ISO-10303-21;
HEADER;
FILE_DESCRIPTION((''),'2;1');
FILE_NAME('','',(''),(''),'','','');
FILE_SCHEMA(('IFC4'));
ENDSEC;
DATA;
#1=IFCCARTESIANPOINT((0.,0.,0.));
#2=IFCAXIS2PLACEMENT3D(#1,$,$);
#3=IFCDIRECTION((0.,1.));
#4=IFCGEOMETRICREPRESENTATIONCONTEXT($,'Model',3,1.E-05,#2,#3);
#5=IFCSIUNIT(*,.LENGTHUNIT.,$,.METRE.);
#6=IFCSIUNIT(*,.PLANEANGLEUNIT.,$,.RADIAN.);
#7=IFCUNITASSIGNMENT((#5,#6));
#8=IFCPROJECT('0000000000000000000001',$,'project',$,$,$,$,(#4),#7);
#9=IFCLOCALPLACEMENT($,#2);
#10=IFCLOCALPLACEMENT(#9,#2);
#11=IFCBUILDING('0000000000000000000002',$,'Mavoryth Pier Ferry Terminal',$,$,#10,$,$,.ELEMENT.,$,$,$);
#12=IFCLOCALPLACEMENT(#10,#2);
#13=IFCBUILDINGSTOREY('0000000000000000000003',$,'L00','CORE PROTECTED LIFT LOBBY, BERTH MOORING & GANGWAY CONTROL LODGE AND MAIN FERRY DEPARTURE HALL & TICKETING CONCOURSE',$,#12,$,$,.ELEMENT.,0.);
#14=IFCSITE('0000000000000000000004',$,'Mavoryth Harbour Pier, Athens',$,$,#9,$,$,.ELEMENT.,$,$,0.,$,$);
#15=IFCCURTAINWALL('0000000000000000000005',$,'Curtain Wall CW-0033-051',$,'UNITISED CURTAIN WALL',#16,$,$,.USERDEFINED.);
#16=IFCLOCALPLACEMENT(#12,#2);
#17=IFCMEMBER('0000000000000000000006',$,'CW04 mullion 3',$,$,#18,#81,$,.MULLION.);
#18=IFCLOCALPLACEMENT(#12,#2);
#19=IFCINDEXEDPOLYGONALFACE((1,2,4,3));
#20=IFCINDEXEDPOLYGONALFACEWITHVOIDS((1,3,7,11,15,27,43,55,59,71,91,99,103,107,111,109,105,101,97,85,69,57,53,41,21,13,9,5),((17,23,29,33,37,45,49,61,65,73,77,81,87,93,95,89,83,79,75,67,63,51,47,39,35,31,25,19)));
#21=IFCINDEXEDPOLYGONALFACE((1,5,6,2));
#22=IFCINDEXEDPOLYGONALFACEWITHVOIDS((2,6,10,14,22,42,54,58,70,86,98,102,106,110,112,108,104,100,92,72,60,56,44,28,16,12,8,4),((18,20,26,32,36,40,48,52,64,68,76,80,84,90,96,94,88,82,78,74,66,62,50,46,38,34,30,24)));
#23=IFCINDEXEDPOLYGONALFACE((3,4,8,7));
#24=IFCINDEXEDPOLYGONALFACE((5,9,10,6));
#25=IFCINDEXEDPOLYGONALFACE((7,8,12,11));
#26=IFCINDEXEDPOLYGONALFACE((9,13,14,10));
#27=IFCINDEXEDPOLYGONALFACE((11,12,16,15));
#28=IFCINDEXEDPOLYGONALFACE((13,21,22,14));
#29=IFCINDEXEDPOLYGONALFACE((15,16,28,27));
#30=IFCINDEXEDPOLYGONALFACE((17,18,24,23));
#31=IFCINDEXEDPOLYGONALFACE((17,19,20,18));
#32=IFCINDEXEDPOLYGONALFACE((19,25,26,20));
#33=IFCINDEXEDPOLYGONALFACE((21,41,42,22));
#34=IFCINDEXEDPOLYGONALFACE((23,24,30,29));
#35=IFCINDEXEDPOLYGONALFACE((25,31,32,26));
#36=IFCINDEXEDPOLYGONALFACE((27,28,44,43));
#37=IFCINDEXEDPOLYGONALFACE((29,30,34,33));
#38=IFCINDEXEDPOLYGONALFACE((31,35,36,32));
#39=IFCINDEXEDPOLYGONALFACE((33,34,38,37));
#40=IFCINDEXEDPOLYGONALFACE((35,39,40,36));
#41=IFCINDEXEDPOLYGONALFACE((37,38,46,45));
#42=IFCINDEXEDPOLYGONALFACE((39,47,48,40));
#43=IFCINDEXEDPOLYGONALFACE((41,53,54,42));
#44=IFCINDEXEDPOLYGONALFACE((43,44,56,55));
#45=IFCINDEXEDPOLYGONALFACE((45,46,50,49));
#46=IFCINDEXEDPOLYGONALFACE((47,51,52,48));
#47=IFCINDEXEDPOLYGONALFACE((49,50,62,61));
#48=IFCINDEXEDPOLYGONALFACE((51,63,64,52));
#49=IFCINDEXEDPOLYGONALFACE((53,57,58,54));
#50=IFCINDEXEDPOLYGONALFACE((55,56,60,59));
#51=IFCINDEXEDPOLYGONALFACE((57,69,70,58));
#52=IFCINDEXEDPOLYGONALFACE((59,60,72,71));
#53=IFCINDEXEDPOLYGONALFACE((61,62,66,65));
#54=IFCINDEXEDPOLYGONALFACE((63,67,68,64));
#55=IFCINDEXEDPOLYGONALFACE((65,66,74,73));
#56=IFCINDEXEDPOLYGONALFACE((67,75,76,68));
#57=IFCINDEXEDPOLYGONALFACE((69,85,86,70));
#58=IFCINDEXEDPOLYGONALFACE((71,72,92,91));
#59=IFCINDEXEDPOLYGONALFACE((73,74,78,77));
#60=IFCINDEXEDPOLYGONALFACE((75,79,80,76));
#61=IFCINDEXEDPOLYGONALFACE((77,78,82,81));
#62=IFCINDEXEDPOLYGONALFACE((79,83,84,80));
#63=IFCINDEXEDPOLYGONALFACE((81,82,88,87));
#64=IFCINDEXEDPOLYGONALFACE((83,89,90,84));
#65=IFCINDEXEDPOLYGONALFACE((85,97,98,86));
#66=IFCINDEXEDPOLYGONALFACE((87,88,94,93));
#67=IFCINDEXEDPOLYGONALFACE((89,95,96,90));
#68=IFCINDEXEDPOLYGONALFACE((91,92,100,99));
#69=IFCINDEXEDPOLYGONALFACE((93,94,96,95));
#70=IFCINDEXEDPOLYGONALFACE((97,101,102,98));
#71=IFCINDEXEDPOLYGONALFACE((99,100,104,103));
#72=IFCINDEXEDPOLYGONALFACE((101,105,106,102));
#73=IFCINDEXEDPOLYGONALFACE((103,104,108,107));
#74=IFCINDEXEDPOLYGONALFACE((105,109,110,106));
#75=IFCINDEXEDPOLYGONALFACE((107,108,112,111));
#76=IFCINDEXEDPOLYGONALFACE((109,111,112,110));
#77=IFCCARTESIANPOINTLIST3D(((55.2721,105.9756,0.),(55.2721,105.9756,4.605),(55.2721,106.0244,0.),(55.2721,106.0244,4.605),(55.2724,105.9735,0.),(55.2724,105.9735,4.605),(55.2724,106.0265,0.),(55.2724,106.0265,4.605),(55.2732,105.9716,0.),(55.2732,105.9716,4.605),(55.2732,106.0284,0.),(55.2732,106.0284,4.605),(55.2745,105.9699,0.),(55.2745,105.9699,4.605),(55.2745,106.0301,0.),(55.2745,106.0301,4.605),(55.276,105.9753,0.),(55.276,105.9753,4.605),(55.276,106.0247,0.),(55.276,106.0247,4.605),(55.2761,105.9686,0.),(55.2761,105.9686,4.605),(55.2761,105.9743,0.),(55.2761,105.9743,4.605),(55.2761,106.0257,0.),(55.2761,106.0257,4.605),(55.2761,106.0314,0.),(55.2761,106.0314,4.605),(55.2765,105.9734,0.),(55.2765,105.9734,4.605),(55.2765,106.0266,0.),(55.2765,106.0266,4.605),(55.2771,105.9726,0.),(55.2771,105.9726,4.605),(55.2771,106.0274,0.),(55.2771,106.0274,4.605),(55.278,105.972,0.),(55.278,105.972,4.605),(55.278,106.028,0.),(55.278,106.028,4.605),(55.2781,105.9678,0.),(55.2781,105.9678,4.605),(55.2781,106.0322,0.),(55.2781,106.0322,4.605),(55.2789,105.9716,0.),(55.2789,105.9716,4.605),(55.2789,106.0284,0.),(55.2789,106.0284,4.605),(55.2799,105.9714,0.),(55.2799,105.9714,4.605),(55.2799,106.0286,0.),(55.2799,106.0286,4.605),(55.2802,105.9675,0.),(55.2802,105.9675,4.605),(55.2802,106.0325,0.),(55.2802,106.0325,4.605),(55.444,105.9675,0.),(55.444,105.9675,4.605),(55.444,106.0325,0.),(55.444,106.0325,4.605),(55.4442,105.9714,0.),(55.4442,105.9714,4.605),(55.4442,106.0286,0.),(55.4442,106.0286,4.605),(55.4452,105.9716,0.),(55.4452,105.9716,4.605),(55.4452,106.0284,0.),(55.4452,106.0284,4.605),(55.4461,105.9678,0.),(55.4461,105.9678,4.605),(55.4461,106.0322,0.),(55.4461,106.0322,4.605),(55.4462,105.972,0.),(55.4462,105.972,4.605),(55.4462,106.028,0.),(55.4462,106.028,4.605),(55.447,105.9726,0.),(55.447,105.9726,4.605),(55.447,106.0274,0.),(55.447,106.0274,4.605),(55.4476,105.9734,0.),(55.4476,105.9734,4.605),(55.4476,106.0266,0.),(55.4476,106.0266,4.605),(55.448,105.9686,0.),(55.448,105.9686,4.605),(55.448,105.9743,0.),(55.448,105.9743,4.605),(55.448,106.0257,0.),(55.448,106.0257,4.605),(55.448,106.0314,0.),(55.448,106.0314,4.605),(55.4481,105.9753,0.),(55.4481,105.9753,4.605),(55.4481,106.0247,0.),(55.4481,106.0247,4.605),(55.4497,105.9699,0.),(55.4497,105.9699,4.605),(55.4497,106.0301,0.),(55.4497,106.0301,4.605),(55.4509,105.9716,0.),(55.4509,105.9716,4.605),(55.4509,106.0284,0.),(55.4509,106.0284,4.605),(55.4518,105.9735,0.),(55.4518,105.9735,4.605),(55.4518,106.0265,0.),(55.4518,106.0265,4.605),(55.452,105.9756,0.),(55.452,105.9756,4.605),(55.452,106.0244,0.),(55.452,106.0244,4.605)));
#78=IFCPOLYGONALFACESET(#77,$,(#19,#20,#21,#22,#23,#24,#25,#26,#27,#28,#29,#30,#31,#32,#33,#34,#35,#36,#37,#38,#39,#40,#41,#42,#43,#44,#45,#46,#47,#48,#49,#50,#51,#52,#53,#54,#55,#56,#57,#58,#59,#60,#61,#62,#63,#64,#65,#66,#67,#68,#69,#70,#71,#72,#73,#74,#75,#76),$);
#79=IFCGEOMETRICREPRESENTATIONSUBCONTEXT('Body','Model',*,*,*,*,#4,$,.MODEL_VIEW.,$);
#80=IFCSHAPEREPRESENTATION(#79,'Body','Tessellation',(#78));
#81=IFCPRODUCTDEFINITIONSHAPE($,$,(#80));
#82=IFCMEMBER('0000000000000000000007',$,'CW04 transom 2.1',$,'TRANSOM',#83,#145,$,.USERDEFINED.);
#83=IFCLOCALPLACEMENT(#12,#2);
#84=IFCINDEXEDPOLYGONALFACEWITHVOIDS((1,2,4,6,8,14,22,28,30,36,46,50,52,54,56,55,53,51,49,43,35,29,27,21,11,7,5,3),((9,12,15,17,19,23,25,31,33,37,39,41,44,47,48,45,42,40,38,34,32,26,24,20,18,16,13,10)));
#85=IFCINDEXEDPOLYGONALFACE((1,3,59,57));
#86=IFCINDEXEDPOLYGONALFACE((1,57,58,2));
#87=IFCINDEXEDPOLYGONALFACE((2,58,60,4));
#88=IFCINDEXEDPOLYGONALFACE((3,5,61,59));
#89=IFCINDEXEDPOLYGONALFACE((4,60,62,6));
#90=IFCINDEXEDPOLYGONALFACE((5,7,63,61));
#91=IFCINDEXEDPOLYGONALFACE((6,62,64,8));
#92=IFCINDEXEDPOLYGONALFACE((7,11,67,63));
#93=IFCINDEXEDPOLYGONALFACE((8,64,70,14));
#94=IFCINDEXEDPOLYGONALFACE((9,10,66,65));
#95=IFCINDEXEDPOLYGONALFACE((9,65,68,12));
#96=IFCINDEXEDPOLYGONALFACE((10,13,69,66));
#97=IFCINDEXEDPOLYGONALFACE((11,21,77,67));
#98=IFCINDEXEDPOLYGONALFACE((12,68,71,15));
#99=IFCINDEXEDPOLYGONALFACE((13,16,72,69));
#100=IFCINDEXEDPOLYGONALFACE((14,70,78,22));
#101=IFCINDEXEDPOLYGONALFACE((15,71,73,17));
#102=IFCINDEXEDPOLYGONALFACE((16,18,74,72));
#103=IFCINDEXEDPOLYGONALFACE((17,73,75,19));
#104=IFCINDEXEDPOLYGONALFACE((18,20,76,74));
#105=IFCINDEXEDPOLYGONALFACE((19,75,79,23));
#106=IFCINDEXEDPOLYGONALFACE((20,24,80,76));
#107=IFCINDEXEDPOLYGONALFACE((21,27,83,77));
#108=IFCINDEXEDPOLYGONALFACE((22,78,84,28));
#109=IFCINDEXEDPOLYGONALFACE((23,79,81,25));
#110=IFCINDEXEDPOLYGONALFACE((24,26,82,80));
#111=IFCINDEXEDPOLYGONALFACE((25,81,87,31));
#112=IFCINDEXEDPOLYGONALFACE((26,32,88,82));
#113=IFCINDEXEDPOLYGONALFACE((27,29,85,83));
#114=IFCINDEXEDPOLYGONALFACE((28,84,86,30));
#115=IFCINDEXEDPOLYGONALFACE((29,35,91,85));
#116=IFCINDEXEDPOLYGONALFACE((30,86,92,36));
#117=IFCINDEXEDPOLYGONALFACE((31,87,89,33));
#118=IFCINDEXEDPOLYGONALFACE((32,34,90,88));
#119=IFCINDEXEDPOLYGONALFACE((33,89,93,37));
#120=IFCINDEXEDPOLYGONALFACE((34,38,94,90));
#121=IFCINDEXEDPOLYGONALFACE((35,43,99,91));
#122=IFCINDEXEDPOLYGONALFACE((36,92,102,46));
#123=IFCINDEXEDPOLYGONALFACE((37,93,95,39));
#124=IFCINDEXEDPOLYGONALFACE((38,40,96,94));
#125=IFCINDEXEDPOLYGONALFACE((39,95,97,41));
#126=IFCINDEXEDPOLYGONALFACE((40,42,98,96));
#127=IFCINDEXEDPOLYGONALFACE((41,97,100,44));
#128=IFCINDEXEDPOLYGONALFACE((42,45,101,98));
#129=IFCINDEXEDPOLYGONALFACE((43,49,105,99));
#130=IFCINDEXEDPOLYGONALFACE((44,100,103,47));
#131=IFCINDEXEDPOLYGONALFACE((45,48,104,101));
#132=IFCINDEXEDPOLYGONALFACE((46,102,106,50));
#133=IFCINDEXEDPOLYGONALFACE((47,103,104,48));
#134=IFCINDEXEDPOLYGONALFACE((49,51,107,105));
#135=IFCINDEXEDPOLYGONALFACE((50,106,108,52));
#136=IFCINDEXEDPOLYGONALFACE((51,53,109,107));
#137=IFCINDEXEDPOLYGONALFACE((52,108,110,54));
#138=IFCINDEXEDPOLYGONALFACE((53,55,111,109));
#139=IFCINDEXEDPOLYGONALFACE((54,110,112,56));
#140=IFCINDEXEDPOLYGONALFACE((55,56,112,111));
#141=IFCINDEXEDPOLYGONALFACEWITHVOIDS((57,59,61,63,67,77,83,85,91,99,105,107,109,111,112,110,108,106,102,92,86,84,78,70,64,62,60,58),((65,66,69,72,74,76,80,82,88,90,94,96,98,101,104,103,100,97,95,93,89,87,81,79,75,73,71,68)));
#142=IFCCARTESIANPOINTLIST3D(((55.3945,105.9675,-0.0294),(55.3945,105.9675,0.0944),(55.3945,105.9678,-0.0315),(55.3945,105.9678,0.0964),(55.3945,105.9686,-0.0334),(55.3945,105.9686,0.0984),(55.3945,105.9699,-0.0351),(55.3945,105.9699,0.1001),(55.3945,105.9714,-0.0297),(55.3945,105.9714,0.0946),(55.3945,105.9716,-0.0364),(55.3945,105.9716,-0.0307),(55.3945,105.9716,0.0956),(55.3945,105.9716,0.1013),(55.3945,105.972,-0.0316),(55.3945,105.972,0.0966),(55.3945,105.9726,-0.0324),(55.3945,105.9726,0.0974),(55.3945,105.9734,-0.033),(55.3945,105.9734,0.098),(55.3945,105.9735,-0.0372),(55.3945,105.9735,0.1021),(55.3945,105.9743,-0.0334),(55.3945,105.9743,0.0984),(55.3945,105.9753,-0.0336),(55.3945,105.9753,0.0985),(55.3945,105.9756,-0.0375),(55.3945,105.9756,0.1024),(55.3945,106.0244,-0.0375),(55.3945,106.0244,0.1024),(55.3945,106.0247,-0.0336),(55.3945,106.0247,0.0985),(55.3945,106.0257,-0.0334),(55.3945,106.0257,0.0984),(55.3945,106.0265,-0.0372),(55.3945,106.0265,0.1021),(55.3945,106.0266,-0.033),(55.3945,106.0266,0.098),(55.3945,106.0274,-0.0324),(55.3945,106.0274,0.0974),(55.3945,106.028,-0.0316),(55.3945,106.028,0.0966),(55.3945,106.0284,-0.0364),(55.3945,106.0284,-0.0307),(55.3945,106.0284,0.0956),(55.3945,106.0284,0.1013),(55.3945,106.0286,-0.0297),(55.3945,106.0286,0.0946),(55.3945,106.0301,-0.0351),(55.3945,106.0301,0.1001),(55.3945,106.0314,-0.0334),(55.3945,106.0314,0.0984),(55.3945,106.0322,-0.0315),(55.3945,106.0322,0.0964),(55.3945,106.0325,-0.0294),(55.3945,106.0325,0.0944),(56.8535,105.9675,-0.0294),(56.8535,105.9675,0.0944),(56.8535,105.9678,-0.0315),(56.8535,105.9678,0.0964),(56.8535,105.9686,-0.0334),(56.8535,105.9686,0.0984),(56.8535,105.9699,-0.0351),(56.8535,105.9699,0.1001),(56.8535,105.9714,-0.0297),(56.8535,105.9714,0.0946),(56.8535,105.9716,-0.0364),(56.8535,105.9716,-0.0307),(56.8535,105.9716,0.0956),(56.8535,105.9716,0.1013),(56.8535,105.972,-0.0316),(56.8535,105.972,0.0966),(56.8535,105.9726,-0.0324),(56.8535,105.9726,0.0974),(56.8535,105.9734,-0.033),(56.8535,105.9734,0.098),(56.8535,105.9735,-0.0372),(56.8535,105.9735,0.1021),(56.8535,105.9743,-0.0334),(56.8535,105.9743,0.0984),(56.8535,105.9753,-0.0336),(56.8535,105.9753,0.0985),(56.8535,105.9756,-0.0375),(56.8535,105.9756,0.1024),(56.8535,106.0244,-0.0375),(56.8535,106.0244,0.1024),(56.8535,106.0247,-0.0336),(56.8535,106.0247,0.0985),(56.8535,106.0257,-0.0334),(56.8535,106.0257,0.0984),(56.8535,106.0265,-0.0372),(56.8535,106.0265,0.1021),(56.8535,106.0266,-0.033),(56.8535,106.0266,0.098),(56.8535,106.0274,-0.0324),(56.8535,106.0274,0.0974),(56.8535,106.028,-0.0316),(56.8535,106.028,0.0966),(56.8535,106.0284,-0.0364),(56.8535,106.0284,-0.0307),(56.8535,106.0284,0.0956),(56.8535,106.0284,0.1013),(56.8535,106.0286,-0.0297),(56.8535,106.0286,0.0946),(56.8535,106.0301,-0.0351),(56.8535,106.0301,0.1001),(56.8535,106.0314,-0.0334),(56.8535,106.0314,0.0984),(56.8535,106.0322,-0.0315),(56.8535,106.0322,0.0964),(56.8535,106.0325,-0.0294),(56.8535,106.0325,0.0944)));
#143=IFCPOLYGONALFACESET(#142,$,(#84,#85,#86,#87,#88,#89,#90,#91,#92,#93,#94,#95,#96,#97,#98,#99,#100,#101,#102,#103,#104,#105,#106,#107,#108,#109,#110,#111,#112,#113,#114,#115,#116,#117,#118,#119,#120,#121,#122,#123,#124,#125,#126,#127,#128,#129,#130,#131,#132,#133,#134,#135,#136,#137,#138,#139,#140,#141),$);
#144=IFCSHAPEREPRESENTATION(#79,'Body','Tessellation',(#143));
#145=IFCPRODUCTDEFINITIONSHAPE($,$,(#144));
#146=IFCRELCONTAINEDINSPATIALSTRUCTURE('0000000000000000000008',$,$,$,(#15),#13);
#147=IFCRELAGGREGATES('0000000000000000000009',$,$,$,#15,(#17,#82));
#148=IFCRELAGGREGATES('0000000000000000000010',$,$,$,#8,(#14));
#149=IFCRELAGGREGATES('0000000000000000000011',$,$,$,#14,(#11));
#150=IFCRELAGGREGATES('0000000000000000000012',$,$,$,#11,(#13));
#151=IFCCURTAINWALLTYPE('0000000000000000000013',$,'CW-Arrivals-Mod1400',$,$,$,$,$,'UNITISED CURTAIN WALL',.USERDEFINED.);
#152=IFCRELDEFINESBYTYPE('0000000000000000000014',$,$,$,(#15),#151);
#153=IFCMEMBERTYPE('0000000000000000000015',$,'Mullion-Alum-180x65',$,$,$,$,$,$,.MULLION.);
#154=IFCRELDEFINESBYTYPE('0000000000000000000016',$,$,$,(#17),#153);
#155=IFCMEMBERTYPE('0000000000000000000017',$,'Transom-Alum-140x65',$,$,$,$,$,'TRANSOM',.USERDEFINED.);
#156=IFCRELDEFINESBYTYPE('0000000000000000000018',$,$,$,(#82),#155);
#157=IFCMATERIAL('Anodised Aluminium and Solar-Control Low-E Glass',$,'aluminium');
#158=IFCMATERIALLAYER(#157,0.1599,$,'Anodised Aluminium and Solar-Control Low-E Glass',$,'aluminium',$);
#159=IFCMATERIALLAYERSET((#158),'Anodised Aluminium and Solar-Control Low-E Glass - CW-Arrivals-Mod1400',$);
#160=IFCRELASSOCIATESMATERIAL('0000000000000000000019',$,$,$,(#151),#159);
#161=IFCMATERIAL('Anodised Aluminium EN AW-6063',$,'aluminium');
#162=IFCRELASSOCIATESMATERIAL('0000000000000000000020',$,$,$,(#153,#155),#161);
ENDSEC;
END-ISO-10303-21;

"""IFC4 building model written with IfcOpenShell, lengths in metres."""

from ifc_helpers import new_model, si_unit, direction, frame, origin, origin_2d, place, context, subcontext, project, spatial, hollow_rectangle, extrude, material, layer, layer_set, material_profile, profile_set, type_object, element, aggregate, save


model = new_model("IFC4")

# Units and contexts
model_context = context("Model", 3, precision=1e-05, world=origin(), true_north=direction((0.0, 1.0)))
body_context = subcontext(model_context, "Body", "Model", "MODEL_VIEW")
ifc_project = project(units=[si_unit("LENGTHUNIT", "METRE"), si_unit("PLANEANGLEUNIT", "RADIAN")], contexts=[model_context])

# Site, building, storey
site_placement = place(None, origin())
site = spatial("IfcSite", under=ifc_project, at=site_placement, Name="Mavoryth Harbour Pier, Athens", CompositionType="ELEMENT", RefElevation=0.0)
building_placement = place(site_placement, origin())
building = spatial("IfcBuilding", under=site, at=building_placement, Name="Mavoryth Pier Ferry Terminal", CompositionType="ELEMENT")
storey_placement = place(building_placement, origin())
storey = spatial("IfcBuildingStorey", under=building, at=storey_placement, Name="L00", Description="CORE PROTECTED LIFT LOBBY, BERTH MOORING & GANGWAY CONTROL LODGE AND MAIN FERRY DEPARTURE HALL & TICKETING CONCOURSE", CompositionType="ELEMENT", Elevation=0.0)

# Curtain wall, members
ifc_material_1 = material(Name="Anodised Aluminium and Solar-Control Low-E Glass", Category="aluminium")
ifc_layer_1 = layer(ifc_material_1, 0.1599, Name="Anodised Aluminium and Solar-Control Low-E Glass", Category="aluminium")
ifc_layer_set_1 = layer_set([ifc_layer_1], Name="Anodised Aluminium and Solar-Control Low-E Glass - CW-Arrivals-Mod1400")
curtain_wall_type = type_object("IfcCurtainWallType", Name="CW-Arrivals-Mod1400", ElementType="UNITISED CURTAIN WALL", PredefinedType="USERDEFINED", material=ifc_layer_set_1)
curtain_wall_placement = place(storey_placement, origin())
curtain_wall = element("IfcCurtainWall", 1, at=curtain_wall_placement, inside=storey, type_object=curtain_wall_type, Name="Curtain Wall CW-0033-051", ObjectType="UNITISED CURTAIN WALL", PredefinedType="USERDEFINED")
ifc_material_2 = material(Name="Anodised Aluminium EN AW-6063", Category="aluminium")
ifc_material_profile_1 = material_profile(ifc_material_2, hollow_rectangle(XDim=0.0649, YDim=0.1799, WallThickness=0.0039, InnerFilletRadius=0.0039, OuterFilletRadius=0.0081, at=origin_2d()), Name="AL-MULL 180x65x4", Category="aluminium")
ifc_profile_set_1 = profile_set([ifc_material_profile_1], Name="Anodised Aluminium EN AW-6063 - AL-MULL 180x65x4")
member_type_1 = type_object("IfcMemberType", Name="Mullion-Alum-180x65", PredefinedType="MULLION", material=ifc_profile_set_1)
member_1_placement = place(storey_placement, frame((55.3621, 106.0, 0.0), z_axis=(0.0, 0.0, 1.0), x_axis=(0.0, -1.0, 0.0)))
member_1 = element("IfcMember", 2, at=member_1_placement, type_object=member_type_1, Name="CW04 mullion 3", PredefinedType="MULLION", context=body_context, shape_type="SweptSolid", body=[
    extrude(hollow_rectangle(XDim=0.0649, YDim=0.1799, WallThickness=0.0039, InnerFilletRadius=0.0039, OuterFilletRadius=0.0081, at=origin_2d()), origin(), (0.0, 0.0, 1.0), 4.605),
])
ifc_material_profile_2 = material_profile(ifc_material_2, hollow_rectangle(XDim=0.0649, YDim=0.1399, WallThickness=0.0039, InnerFilletRadius=0.0039, OuterFilletRadius=0.0081, at=origin_2d()), Name="AL-TRAN 140x65x4", Category="aluminium")
ifc_profile_set_2 = profile_set([ifc_material_profile_2], Name="Anodised Aluminium EN AW-6063 - AL-TRAN 140x65x4")
member_type_2 = type_object("IfcMemberType", Name="Transom-Alum-140x65", ElementType="TRANSOM", PredefinedType="USERDEFINED", material=ifc_profile_set_2)
member_2_placement = place(storey_placement, frame((56.8535, 106.0, 0.0325), z_axis=(-1.0, 0.0, 0.0), x_axis=(0.0, -1.0, 0.0)))
member_2 = element("IfcMember", 3, at=member_2_placement, type_object=member_type_2, Name="CW04 transom 2.1", ObjectType="TRANSOM", PredefinedType="USERDEFINED", context=body_context, shape_type="SweptSolid", body=[
    extrude(hollow_rectangle(XDim=0.0649, YDim=0.1399, WallThickness=0.0039, InnerFilletRadius=0.0039, OuterFilletRadius=0.0081, at=origin_2d()), origin(), (0.0, 0.0, 1.0), 1.459),
])
aggregate(curtain_wall, [member_1, member_2])

save(model, "model.ifc")
